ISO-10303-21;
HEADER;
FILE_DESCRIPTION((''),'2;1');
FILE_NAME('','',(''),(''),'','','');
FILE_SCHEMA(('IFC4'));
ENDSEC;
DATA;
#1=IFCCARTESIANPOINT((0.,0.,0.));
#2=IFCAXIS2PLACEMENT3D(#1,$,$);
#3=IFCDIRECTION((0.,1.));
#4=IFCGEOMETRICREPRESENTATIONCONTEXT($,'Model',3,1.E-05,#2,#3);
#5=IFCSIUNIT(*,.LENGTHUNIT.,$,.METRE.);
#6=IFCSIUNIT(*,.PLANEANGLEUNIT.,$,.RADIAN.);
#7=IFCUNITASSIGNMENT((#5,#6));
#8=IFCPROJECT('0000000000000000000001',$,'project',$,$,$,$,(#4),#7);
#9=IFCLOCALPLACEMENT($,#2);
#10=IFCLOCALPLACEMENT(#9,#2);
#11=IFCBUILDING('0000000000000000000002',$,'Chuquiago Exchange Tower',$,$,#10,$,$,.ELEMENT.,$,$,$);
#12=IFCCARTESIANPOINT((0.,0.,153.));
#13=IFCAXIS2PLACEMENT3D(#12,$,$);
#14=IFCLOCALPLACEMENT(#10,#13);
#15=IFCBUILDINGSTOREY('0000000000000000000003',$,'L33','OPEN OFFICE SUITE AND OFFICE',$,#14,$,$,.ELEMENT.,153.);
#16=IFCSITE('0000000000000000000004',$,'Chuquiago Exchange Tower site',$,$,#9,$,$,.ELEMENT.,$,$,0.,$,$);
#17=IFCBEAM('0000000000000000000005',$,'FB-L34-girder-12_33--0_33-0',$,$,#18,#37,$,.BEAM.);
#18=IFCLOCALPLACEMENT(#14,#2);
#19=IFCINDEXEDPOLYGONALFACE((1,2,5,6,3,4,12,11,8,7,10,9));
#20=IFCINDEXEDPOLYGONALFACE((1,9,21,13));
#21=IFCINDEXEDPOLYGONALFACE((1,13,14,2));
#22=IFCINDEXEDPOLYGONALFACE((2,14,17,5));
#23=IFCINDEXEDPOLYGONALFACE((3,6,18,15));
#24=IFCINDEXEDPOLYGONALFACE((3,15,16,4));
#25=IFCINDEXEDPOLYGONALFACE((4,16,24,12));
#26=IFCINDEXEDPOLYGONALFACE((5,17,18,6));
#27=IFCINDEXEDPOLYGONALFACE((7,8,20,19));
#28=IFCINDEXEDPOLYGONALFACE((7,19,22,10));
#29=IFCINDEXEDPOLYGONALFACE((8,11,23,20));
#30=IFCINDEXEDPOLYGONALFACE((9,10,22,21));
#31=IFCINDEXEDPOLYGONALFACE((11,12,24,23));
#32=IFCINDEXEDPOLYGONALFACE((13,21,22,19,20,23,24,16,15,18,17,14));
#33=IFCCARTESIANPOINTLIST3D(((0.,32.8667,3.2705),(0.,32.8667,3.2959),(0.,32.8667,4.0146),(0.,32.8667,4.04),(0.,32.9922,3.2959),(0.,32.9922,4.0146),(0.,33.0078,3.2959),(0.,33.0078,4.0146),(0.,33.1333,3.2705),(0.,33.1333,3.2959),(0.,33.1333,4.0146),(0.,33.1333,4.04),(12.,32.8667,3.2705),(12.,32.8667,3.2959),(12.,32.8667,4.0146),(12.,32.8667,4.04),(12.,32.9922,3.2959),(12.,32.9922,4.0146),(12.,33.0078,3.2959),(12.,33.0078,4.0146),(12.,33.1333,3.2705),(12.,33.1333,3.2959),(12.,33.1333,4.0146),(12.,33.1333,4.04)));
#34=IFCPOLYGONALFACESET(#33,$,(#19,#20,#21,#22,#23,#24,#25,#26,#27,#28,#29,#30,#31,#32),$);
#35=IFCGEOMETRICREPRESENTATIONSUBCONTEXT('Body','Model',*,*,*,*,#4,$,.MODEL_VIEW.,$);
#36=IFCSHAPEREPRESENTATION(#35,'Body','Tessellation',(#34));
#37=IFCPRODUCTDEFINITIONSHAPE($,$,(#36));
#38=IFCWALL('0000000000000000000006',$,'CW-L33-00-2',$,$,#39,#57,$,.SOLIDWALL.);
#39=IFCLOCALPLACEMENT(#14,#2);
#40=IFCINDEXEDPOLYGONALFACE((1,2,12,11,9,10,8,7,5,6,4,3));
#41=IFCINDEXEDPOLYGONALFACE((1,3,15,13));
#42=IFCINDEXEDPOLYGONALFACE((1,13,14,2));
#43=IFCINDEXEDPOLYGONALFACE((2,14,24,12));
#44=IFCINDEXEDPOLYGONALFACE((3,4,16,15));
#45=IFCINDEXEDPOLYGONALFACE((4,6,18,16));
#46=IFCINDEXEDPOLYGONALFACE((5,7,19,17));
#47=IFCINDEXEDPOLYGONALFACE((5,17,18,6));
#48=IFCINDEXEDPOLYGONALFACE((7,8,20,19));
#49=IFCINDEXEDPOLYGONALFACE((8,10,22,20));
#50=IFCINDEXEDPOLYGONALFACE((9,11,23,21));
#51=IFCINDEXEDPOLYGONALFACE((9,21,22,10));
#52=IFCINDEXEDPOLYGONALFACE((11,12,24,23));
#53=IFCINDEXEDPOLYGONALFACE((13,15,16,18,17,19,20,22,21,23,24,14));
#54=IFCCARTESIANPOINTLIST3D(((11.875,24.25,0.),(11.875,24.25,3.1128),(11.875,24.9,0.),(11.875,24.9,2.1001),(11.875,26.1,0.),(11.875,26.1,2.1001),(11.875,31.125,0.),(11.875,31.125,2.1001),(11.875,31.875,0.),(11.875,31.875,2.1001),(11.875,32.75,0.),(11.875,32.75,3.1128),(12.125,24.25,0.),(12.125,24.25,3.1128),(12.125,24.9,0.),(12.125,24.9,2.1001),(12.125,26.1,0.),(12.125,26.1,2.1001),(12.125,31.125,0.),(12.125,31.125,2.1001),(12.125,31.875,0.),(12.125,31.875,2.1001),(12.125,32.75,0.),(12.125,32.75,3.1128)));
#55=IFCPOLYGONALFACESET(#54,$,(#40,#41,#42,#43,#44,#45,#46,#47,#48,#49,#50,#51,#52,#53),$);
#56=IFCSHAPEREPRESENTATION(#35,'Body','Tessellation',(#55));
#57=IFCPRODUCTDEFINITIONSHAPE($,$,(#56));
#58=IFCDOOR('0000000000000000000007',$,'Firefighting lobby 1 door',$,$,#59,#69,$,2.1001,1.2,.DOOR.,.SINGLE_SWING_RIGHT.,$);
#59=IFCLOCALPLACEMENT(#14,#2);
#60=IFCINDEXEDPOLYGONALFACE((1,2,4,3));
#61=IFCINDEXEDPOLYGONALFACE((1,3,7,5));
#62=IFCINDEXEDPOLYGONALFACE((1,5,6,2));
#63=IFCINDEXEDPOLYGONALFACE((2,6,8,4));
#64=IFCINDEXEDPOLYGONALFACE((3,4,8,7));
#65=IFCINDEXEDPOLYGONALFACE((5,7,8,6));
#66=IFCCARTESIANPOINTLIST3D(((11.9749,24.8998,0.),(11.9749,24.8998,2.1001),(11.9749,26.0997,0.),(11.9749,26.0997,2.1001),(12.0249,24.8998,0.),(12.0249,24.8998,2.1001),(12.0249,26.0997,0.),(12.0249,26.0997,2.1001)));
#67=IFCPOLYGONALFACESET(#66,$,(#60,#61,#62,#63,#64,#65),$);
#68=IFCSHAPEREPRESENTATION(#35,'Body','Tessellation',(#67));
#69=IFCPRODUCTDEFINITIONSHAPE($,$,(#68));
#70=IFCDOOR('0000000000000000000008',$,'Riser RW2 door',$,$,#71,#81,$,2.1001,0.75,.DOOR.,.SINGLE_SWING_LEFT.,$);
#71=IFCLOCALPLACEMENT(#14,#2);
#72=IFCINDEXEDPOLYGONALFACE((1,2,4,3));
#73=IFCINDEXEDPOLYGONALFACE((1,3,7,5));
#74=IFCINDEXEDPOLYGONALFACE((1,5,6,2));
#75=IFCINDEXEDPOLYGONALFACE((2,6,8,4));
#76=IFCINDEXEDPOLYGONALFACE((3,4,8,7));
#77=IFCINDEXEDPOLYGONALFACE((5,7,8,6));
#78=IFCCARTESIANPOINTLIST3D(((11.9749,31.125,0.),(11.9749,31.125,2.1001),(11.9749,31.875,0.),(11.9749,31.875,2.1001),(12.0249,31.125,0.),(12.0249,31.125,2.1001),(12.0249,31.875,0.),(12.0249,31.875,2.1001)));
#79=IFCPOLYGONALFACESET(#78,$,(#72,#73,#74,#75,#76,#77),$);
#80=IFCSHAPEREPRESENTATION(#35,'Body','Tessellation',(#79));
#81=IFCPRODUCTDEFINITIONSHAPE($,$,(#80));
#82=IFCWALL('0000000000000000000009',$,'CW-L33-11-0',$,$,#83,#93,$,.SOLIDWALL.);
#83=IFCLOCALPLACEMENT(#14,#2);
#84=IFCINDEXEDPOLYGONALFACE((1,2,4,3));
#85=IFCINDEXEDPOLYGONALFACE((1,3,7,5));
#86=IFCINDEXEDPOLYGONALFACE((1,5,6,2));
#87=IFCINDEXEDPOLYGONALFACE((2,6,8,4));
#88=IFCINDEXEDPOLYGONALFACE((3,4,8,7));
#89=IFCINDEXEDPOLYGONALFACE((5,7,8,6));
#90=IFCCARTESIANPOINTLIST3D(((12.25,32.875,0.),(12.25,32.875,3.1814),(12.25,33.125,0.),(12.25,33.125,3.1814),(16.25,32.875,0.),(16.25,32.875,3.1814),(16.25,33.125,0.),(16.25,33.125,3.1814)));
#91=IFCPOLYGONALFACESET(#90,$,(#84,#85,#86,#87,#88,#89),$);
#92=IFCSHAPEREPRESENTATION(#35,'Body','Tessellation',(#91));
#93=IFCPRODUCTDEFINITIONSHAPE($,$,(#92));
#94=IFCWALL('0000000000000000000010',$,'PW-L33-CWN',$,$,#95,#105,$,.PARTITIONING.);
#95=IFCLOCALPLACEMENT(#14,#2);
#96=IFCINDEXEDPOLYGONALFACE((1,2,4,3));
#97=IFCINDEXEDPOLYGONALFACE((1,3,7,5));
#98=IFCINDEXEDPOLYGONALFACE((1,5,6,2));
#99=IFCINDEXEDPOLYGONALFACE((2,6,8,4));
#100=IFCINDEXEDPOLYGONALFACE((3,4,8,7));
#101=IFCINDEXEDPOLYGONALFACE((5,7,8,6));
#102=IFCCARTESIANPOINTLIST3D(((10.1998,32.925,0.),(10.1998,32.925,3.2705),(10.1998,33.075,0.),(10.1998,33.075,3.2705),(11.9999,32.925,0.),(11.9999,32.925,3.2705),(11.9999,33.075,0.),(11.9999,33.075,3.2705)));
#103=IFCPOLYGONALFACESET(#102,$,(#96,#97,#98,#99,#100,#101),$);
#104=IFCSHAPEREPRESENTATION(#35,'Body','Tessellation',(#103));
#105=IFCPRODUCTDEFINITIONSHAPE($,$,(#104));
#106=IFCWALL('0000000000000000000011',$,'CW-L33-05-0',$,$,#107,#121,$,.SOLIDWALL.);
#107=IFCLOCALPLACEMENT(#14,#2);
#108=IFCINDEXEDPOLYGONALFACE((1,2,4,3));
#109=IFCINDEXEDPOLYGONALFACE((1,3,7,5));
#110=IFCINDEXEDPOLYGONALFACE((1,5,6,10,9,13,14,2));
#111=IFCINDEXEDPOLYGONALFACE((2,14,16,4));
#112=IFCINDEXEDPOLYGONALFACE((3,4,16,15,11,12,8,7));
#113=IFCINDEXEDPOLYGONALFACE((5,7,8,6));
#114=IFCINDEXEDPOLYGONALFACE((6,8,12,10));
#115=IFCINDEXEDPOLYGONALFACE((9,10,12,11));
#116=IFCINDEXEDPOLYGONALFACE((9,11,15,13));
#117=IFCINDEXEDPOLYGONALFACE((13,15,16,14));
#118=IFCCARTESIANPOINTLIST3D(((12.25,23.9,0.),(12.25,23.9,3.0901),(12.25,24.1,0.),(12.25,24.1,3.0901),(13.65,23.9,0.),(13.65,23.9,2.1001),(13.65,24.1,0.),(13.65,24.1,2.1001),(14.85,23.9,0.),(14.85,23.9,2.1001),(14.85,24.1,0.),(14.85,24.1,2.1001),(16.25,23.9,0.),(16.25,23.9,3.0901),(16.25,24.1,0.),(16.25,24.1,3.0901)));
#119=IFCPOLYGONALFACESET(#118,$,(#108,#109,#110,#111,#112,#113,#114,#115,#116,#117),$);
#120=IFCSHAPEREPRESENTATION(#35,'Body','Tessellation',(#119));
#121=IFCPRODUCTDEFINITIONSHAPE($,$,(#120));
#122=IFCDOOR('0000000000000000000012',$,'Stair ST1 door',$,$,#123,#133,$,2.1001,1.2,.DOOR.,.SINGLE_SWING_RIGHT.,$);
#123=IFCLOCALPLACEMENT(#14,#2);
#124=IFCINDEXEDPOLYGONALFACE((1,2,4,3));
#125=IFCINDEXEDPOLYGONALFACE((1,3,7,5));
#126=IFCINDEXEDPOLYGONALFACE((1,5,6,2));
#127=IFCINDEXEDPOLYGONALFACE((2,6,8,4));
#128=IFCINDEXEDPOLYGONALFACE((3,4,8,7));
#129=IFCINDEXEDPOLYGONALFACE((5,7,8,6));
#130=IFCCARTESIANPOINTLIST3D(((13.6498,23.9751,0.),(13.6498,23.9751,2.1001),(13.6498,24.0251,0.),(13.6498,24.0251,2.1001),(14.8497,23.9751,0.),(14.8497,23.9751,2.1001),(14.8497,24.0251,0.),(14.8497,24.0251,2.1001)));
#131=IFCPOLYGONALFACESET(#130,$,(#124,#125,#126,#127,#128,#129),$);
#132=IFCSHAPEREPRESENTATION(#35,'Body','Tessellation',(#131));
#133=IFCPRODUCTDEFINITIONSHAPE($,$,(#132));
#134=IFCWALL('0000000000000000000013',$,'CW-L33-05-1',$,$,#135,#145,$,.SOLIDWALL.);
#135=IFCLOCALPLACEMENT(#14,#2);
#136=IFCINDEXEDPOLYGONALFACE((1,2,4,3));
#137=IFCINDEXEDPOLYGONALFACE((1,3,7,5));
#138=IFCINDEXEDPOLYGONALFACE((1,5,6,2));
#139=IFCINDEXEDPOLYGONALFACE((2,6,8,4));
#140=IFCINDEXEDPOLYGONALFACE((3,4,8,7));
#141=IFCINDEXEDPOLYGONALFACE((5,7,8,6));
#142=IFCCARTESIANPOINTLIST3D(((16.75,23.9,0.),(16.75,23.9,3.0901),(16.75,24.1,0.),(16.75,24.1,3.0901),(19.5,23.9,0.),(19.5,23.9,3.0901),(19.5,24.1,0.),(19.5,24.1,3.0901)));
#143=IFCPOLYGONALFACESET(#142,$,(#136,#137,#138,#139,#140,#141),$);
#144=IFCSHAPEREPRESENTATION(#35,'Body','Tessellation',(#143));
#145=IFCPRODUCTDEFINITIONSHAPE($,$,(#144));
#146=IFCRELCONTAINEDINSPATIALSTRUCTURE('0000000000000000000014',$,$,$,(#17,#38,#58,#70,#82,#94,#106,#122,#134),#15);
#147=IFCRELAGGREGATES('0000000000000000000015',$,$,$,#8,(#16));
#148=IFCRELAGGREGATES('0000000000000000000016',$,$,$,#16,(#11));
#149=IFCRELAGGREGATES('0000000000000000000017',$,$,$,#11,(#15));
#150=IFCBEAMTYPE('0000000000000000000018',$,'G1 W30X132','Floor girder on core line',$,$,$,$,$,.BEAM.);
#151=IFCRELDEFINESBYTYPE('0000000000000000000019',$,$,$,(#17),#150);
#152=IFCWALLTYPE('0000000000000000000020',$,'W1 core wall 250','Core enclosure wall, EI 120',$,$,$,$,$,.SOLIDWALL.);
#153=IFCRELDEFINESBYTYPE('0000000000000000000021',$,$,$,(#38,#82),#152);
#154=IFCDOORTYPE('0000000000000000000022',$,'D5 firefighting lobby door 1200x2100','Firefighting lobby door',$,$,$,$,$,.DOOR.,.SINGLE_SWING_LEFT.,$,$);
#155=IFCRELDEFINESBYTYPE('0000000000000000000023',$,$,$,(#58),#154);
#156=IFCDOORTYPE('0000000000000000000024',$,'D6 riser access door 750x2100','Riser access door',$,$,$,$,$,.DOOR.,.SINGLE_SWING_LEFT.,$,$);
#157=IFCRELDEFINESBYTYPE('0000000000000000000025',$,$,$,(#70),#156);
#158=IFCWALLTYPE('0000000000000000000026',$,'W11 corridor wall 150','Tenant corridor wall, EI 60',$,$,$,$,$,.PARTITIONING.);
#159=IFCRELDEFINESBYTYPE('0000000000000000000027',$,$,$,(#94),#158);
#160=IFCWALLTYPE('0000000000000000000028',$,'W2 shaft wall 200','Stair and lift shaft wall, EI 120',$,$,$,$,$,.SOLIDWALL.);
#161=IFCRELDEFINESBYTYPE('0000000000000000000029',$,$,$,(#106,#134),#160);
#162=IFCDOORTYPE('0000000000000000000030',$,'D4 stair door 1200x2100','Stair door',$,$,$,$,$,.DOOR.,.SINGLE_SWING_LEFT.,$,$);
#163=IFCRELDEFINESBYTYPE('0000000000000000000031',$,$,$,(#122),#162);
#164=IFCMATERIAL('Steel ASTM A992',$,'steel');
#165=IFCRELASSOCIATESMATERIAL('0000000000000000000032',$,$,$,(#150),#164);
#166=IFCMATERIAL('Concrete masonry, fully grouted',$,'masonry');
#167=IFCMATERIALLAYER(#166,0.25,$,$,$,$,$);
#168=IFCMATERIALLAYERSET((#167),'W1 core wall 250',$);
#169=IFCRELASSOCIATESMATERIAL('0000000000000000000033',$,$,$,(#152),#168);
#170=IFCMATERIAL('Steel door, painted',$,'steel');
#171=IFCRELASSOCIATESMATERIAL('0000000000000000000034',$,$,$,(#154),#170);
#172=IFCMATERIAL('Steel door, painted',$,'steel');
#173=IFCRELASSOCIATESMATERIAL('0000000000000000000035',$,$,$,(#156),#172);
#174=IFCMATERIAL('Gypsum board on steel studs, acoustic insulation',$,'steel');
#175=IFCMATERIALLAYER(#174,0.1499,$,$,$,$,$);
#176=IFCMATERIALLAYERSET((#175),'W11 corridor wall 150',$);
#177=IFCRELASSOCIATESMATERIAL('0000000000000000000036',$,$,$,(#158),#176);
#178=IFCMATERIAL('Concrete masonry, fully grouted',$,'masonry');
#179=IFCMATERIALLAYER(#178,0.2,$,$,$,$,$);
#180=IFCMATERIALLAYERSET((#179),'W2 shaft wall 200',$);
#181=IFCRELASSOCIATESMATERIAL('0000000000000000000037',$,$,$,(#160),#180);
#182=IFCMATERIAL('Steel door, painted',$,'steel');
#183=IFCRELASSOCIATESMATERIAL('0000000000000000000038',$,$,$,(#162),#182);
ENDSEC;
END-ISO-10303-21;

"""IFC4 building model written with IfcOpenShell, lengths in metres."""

from ifc_helpers import new_model, si_unit, direction, frame, frame_2d, origin, origin_2d, place, context, subcontext, project, spatial, rectangle, i_section, extrude, material, layer, layer_set, material_profile, profile_set, type_object, element, fill, save


model = new_model("IFC4")

# Units and contexts
model_context = context("Model", 3, precision=1e-05, world=origin(), true_north=direction((0.0, 1.0)))
body_context = subcontext(model_context, "Body", "Model", "MODEL_VIEW")
ifc_project = project(units=[si_unit("LENGTHUNIT", "METRE"), si_unit("PLANEANGLEUNIT", "RADIAN")], contexts=[model_context])

# Site, building, storey
site_placement = place(None, origin())
site = spatial("IfcSite", under=ifc_project, at=site_placement, Name="Chuquiago Exchange Tower site", CompositionType="ELEMENT", RefElevation=0.0)
building_placement = place(site_placement, origin())
building = spatial("IfcBuilding", under=site, at=building_placement, Name="Chuquiago Exchange Tower", CompositionType="ELEMENT")
storey_placement = place(building_placement, frame((0.0, 0.0, 153.0)))
storey = spatial("IfcBuildingStorey", under=building, at=storey_placement, Name="L33", Description="OPEN OFFICE SUITE AND OFFICE", CompositionType="ELEMENT", Elevation=153.0)

# Beam
ifc_material_1 = material(Name="Steel ASTM A992", Category="steel")
ifc_material_profile_1 = material_profile(ifc_material_1, i_section(OverallWidth=0.2666, OverallDepth=0.7695, WebThickness=0.0156, FlangeThickness=0.0254, at=origin_2d()), Name="W30X132")
ifc_profile_set_1 = profile_set([ifc_material_profile_1], Name="Steel ASTM A992")
beam_type_1 = type_object("IfcBeamType", Name="G1 W30X132", Description="Floor girder on core line", PredefinedType="BEAM", material=ifc_profile_set_1)
for number, where, z_axis, x_axis, name in (
    (1, (12.0, 33.0, 3.6553), (-1.0, 0.0, 0.0), (0.0, -1.0, 0.0), "FB-L34-girder-12_33--0_33-0"),
):
    element("IfcBeam", number, at=place(storey_placement, frame(where, z_axis=z_axis, x_axis=x_axis)), inside=storey, type_object=beam_type_1, Name=name, PredefinedType="BEAM", context=body_context, shape_type="SweptSolid", body=[
        extrude(i_section(OverallWidth=0.2666, OverallDepth=0.7695, WebThickness=0.0156, FlangeThickness=0.0254, at=origin_2d()), origin(), (0.0, 0.0, 1.0), 12.0),
    ])

# Wall, openings, doors
ifc_material_2 = material(Name="Concrete masonry, fully grouted", Category="masonry")
ifc_layer_1 = layer(ifc_material_2, 0.25)
ifc_layer_set_1 = layer_set([ifc_layer_1], Name="W1 core wall 250")
wall_type_1 = type_object("IfcWallType", Name="W1 core wall 250", Description="Core enclosure wall, EI 120", PredefinedType="SOLIDWALL", material=ifc_layer_set_1)
wall_1_placement = place(storey_placement, frame((12.0, 24.25, 0.0), z_axis=(0.0, 0.0, 1.0), x_axis=(0.0, 1.0, 0.0)))
wall_1 = element("IfcWall", 2, at=wall_1_placement, inside=storey, type_object=wall_type_1, Name="CW-L33-00-2", PredefinedType="SOLIDWALL", context=body_context, shape_type="SweptSolid", body=[
    extrude(rectangle(XDim=8.5, YDim=0.25, at=frame_2d((4.25, 0.0))), origin(), (0.0, 0.0, 1.0), 3.1128),
])
opening_1_placement = place(wall_1_placement, frame((0.6499, 0.0, 0.0)))
opening_1 = element("IfcOpeningElement", 3, at=opening_1_placement, cuts=wall_1, PredefinedType="OPENING", context=body_context, shape_type="SweptSolid", body=[
    extrude(rectangle(XDim=1.2, YDim=2.1001, at=frame_2d((0.6001, 1.05))), frame((0.0, 0.135, 0.0), z_axis=(0.0, -1.0, 0.0), x_axis=(1.0, 0.0, 0.0)), (0.0, 0.0, 1.0), 0.27),
])
opening_2_placement = place(wall_1_placement, frame((6.875, 0.0, 0.0)))
opening_2 = element("IfcOpeningElement", 4, at=opening_2_placement, cuts=wall_1, PredefinedType="OPENING", context=body_context, shape_type="SweptSolid", body=[
    extrude(rectangle(XDim=0.75, YDim=2.1001, at=frame_2d((0.375, 1.05))), frame((0.0, 0.135, 0.0), z_axis=(0.0, -1.0, 0.0), x_axis=(1.0, 0.0, 0.0)), (0.0, 0.0, 1.0), 0.27),
])
ifc_material_3 = material(Name="Steel door, painted", Category="steel")
door_type_1 = type_object("IfcDoorType", Name="D5 firefighting lobby door 1200x2100", Description="Firefighting lobby door", OperationType="SINGLE_SWING_LEFT", PredefinedType="DOOR", material=ifc_material_3)
door_1_placement = place(opening_1_placement, frame((1.2, 0.0, 0.0), z_axis=(0.0, 0.0, 1.0), x_axis=(-1.0, 0.0, 0.0)))
door_1 = element("IfcDoor", 5, at=door_1_placement, inside=storey, type_object=door_type_1, Name="Firefighting lobby 1 door", OperationType="SINGLE_SWING_RIGHT", OverallHeight=2.1001, OverallWidth=1.2, PredefinedType="DOOR", context=body_context, shape_type="SweptSolid", body=[
    extrude(rectangle(XDim=1.2, YDim=2.1001, at=frame_2d((0.6001, 1.05))), frame((0.0, 0.0249, 0.0), z_axis=(0.0, -1.0, 0.0), x_axis=(1.0, 0.0, 0.0)), (0.0, 0.0, 1.0), 0.05),
])
fill(opening_1, door_1)
ifc_material_4 = material(Name="Steel door, painted", Category="steel")
door_type_2 = type_object("IfcDoorType", Name="D6 riser access door 750x2100", Description="Riser access door", OperationType="SINGLE_SWING_LEFT", PredefinedType="DOOR", material=ifc_material_4)
door_2_placement = place(opening_2_placement, frame((0.75, 0.0, 0.0), z_axis=(0.0, 0.0, 1.0), x_axis=(-1.0, 0.0, 0.0)))
door_2 = element("IfcDoor", 6, at=door_2_placement, inside=storey, type_object=door_type_2, Name="Riser RW2 door", OperationType="SINGLE_SWING_LEFT", OverallHeight=2.1001, OverallWidth=0.75, PredefinedType="DOOR", context=body_context, shape_type="SweptSolid", body=[
    extrude(rectangle(XDim=0.75, YDim=2.1001, at=frame_2d((0.375, 1.05))), frame((0.0, 0.0249, 0.0), z_axis=(0.0, -1.0, 0.0), x_axis=(1.0, 0.0, 0.0)), (0.0, 0.0, 1.0), 0.05),
])
fill(opening_2, door_2)

# Walls
wall_2_placement = place(storey_placement, frame((12.25, 33.0, 0.0), z_axis=(0.0, 0.0, 1.0), x_axis=(1.0, 0.0, 0.0)))
element("IfcWall", 7, at=wall_2_placement, inside=storey, type_object=wall_type_1, Name="CW-L33-11-0", PredefinedType="SOLIDWALL", context=body_context, shape_type="SweptSolid", body=[
    extrude(rectangle(XDim=4.0, YDim=0.25, at=frame_2d((2.0, 0.0))), origin(), (0.0, 0.0, 1.0), 3.1814),
])
ifc_material_5 = material(Name="Gypsum board on steel studs, acoustic insulation", Category="steel")
ifc_layer_2 = layer(ifc_material_5, 0.1499)
ifc_layer_set_2 = layer_set([ifc_layer_2], Name="W11 corridor wall 150")
wall_type_2 = type_object("IfcWallType", Name="W11 corridor wall 150", Description="Tenant corridor wall, EI 60", PredefinedType="PARTITIONING", material=ifc_layer_set_2)
wall_3_placement = place(storey_placement, frame((10.2, 33.0, 0.0), z_axis=(0.0, 0.0, 1.0), x_axis=(1.0, 0.0, 0.0)))
element("IfcWall", 8, at=wall_3_placement, inside=storey, type_object=wall_type_2, Name="PW-L33-CWN", PredefinedType="PARTITIONING", context=body_context, shape_type="SweptSolid", body=[
    extrude(rectangle(XDim=1.8, YDim=0.1499, at=frame_2d((0.8999, 0.0))), origin(), (0.0, 0.0, 1.0), 3.2705),
])

# Wall, opening, door
ifc_material_6 = material(Name="Concrete masonry, fully grouted", Category="masonry")
ifc_layer_3 = layer(ifc_material_6, 0.2)
ifc_layer_set_3 = layer_set([ifc_layer_3], Name="W2 shaft wall 200")
wall_type_3 = type_object("IfcWallType", Name="W2 shaft wall 200", Description="Stair and lift shaft wall, EI 120", PredefinedType="SOLIDWALL", material=ifc_layer_set_3)
wall_4_placement = place(storey_placement, frame((12.25, 24.0, 0.0), z_axis=(0.0, 0.0, 1.0), x_axis=(1.0, 0.0, 0.0)))
wall_4 = element("IfcWall", 9, at=wall_4_placement, inside=storey, type_object=wall_type_3, Name="CW-L33-05-0", PredefinedType="SOLIDWALL", context=body_context, shape_type="SweptSolid", body=[
    extrude(rectangle(XDim=4.0, YDim=0.2, at=frame_2d((2.0, 0.0))), origin(), (0.0, 0.0, 1.0), 3.0901),
])
opening_3_placement = place(wall_4_placement, frame((1.3999, 0.0, 0.0)))
opening_3 = element("IfcOpeningElement", 10, at=opening_3_placement, cuts=wall_4, PredefinedType="OPENING", context=body_context, shape_type="SweptSolid", body=[
    extrude(rectangle(XDim=1.2, YDim=2.1001, at=frame_2d((0.6001, 1.05))), frame((0.0, 0.1099, 0.0), z_axis=(0.0, -1.0, 0.0), x_axis=(1.0, 0.0, 0.0)), (0.0, 0.0, 1.0), 0.22),
])
ifc_material_7 = material(Name="Steel door, painted", Category="steel")
door_type_3 = type_object("IfcDoorType", Name="D4 stair door 1200x2100", Description="Stair door", OperationType="SINGLE_SWING_LEFT", PredefinedType="DOOR", material=ifc_material_7)
door_3_placement = place(opening_3_placement, frame((1.2, 0.0, 0.0), z_axis=(0.0, 0.0, 1.0), x_axis=(-1.0, 0.0, 0.0)))
door_3 = element("IfcDoor", 11, at=door_3_placement, inside=storey, type_object=door_type_3, Name="Stair ST1 door", OperationType="SINGLE_SWING_RIGHT", OverallHeight=2.1001, OverallWidth=1.2, PredefinedType="DOOR", context=body_context, shape_type="SweptSolid", body=[
    extrude(rectangle(XDim=1.2, YDim=2.1001, at=frame_2d((0.6001, 1.05))), frame((0.0, 0.0249, 0.0), z_axis=(0.0, -1.0, 0.0), x_axis=(1.0, 0.0, 0.0)), (0.0, 0.0, 1.0), 0.05),
])
fill(opening_3, door_3)

# Wall
wall_5_placement = place(storey_placement, frame((16.75, 24.0, 0.0), z_axis=(0.0, 0.0, 1.0), x_axis=(1.0, 0.0, 0.0)))
element("IfcWall", 12, at=wall_5_placement, inside=storey, type_object=wall_type_3, Name="CW-L33-05-1", PredefinedType="SOLIDWALL", context=body_context, shape_type="SweptSolid", body=[
    extrude(rectangle(XDim=2.75, YDim=0.2, at=frame_2d((1.375, 0.0))), origin(), (0.0, 0.0, 1.0), 3.0901),
])

save(model, "model.ifc")
